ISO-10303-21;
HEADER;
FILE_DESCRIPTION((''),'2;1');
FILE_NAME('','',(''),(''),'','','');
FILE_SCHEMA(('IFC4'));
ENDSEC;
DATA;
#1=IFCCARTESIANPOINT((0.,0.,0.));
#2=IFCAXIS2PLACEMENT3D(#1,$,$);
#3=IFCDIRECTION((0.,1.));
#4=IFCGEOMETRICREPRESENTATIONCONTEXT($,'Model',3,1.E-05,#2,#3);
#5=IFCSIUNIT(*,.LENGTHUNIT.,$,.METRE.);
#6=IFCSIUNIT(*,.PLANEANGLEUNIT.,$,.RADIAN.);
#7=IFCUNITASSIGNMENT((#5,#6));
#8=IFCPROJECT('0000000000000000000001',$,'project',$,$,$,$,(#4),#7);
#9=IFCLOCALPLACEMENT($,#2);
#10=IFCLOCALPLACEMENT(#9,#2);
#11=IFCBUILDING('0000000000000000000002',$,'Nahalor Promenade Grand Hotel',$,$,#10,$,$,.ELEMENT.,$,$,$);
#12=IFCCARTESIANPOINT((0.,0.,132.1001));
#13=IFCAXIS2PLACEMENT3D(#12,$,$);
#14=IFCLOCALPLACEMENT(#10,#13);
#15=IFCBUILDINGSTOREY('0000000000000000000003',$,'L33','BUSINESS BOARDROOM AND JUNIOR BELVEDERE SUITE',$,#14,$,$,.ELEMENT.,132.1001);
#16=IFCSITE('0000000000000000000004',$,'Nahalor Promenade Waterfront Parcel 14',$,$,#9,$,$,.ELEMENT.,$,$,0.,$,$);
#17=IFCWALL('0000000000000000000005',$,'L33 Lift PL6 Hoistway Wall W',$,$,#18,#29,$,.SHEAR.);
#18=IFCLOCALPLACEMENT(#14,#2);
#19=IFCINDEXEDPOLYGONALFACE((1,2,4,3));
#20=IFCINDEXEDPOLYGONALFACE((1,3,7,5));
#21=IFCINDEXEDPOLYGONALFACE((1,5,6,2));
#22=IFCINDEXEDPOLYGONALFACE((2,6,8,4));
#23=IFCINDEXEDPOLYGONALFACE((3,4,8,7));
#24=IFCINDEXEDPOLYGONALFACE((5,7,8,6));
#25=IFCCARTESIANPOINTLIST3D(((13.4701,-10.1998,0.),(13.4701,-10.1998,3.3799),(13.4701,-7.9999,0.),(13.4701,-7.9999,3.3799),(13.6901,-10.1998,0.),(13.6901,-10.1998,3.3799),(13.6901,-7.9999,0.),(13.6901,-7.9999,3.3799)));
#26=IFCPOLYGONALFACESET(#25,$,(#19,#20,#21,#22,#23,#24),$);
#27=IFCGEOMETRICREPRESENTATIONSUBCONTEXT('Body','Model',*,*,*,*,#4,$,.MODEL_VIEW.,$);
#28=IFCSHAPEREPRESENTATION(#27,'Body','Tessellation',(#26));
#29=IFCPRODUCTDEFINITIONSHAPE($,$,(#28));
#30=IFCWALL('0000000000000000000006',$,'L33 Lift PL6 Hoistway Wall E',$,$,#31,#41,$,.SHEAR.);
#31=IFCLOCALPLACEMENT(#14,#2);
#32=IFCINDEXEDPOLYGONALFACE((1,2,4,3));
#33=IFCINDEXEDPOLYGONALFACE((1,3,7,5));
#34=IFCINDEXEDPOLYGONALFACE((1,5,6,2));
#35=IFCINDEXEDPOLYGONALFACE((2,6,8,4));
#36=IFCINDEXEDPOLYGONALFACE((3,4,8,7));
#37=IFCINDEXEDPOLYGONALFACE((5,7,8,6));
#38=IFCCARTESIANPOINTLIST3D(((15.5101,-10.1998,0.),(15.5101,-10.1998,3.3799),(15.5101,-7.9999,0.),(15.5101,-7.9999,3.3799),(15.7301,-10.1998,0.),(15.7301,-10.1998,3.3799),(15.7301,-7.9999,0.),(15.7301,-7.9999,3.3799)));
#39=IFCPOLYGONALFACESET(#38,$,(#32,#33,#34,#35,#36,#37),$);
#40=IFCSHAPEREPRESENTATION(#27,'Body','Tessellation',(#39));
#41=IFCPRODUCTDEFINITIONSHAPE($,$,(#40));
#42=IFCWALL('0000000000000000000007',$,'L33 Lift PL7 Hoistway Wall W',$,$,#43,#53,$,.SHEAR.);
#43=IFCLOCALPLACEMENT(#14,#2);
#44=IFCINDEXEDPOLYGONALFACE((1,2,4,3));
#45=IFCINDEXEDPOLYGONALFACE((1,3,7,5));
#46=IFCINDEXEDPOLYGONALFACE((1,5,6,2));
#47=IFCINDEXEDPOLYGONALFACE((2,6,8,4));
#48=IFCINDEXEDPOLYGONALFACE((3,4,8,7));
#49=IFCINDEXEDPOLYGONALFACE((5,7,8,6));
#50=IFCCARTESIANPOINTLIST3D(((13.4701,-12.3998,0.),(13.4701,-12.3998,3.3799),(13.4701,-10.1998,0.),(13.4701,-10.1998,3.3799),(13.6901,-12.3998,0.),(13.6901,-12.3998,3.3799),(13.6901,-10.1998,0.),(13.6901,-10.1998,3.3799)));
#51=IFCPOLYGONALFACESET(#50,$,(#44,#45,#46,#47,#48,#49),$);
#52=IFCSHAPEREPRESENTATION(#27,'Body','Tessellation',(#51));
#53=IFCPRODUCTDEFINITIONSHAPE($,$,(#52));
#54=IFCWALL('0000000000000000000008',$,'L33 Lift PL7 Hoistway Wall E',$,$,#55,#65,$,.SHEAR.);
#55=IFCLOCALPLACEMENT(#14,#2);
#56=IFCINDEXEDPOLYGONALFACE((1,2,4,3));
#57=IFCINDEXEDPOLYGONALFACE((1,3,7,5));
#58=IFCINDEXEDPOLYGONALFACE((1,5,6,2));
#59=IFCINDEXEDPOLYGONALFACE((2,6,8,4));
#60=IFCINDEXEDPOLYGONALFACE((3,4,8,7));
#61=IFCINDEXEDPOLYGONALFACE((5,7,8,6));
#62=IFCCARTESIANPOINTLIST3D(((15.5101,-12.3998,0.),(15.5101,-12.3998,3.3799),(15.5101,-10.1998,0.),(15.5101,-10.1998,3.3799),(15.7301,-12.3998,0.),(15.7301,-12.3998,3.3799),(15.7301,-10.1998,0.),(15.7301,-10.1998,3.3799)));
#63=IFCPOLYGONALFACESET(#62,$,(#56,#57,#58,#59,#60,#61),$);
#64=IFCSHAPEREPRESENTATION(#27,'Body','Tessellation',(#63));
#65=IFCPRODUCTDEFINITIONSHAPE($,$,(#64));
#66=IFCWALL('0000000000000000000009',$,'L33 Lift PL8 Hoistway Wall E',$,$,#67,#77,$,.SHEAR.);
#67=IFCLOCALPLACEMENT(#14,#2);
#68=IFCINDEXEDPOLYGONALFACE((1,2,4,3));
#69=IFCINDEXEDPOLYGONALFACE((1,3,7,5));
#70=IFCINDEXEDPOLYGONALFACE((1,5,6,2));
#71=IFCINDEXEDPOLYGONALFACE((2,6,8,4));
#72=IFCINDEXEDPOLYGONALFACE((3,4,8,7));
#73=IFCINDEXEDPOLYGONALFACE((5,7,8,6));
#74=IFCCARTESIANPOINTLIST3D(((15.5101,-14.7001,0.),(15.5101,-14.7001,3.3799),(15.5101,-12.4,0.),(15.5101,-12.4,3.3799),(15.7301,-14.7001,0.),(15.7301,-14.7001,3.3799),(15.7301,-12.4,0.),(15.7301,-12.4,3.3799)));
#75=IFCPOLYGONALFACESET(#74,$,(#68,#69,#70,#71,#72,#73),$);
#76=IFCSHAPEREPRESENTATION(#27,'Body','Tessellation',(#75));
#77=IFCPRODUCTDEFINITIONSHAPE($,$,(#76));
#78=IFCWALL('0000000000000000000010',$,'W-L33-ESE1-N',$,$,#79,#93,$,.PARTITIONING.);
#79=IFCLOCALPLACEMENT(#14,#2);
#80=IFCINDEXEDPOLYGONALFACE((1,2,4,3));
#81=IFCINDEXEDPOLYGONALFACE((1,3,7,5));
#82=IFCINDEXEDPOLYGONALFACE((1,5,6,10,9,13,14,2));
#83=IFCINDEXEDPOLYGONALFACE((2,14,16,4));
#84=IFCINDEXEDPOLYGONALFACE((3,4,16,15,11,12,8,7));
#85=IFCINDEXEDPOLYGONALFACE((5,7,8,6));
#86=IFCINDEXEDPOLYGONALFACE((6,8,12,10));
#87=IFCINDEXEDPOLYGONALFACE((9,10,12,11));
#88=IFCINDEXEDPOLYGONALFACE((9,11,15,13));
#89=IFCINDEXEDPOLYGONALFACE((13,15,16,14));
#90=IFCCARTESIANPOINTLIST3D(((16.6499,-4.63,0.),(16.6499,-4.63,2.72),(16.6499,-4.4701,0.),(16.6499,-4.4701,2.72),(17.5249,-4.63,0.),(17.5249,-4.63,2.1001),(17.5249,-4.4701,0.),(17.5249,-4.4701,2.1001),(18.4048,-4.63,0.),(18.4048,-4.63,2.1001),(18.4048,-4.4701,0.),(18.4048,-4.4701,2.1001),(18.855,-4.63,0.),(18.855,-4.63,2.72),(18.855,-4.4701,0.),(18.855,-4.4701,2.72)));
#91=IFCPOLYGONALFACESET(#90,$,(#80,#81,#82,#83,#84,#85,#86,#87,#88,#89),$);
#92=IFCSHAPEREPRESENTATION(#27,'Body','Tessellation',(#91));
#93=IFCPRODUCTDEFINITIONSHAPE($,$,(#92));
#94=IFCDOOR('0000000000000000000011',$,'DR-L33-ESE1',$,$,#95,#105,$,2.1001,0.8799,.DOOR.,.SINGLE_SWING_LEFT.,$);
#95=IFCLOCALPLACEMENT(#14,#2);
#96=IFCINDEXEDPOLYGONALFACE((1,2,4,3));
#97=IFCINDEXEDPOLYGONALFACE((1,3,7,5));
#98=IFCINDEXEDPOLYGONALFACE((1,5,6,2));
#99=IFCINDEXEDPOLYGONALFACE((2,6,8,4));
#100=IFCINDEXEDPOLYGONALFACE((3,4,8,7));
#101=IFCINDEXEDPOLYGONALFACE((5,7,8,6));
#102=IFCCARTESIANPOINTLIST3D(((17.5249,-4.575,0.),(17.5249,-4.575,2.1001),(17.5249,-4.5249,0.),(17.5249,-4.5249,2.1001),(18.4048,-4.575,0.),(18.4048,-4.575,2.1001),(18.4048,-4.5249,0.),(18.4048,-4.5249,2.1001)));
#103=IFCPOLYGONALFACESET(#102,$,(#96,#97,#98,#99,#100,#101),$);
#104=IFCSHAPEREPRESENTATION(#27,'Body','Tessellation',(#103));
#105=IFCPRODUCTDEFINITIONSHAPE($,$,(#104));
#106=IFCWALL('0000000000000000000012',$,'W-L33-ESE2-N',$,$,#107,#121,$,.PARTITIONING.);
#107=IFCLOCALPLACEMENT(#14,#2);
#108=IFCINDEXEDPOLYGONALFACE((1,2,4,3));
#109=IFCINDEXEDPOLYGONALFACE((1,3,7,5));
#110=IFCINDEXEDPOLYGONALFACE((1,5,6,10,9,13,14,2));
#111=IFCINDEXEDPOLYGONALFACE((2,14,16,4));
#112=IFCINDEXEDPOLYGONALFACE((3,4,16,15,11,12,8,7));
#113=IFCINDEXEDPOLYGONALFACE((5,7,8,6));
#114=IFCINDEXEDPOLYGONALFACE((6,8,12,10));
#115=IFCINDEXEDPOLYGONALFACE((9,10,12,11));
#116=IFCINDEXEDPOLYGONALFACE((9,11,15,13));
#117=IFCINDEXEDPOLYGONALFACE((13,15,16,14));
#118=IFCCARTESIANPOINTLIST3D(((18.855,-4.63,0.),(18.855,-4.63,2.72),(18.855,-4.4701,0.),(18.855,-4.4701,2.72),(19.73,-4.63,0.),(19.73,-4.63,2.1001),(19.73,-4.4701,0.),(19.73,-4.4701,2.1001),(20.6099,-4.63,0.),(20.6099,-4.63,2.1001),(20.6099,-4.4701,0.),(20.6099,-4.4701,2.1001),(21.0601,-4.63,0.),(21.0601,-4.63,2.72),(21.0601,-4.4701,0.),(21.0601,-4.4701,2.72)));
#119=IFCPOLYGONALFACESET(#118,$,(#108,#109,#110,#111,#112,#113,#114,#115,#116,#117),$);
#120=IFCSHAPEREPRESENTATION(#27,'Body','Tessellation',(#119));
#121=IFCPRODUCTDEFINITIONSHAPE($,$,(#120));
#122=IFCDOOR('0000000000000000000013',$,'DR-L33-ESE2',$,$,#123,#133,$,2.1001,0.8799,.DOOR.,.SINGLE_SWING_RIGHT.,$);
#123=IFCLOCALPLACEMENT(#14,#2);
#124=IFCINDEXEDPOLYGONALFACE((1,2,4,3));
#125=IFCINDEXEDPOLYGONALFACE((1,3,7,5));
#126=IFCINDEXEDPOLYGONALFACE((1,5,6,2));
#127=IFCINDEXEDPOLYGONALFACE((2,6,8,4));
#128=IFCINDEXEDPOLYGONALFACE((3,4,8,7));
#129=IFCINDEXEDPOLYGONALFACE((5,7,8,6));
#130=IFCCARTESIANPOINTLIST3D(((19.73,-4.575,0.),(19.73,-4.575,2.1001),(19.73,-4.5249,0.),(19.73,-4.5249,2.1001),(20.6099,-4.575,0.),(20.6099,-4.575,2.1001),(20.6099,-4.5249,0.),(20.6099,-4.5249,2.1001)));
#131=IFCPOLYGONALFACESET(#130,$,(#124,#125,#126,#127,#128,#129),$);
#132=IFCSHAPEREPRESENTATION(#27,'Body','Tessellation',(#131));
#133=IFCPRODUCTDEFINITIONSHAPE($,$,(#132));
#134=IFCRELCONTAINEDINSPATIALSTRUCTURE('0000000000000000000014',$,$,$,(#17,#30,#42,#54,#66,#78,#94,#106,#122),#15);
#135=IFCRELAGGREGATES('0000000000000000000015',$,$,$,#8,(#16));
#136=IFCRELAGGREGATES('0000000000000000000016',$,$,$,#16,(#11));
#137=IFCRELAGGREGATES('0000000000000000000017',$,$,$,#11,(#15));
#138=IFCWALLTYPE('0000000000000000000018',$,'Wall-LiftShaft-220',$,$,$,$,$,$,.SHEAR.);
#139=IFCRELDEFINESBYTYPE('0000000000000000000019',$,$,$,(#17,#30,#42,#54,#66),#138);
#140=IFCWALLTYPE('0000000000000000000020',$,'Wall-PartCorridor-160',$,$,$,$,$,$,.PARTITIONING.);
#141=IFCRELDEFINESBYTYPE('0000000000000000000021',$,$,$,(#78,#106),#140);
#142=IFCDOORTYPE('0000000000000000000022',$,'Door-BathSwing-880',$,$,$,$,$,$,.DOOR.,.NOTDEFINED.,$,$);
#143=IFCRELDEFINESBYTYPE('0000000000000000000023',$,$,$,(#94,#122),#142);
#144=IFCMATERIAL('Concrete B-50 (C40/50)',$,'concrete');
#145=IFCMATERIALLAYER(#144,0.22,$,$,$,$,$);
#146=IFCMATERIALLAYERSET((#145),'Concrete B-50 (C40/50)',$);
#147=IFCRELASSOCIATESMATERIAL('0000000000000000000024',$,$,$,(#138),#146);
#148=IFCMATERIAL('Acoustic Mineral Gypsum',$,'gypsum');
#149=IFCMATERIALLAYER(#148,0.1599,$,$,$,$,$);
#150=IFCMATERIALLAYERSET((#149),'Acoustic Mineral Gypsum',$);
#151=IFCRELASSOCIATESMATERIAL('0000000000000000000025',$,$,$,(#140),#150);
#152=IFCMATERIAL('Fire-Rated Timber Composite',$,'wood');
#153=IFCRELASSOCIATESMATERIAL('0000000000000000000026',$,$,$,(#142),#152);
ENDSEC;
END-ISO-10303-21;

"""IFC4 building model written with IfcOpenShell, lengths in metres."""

from ifc_helpers import new_model, si_unit, direction, frame, frame_2d, origin, place, context, subcontext, project, spatial, rectangle, extrude, source, transform, mapped, material, layer, layer_set, type_object, element, fill, save


model = new_model("IFC4")

# Units and contexts
model_context = context("Model", 3, precision=1e-05, world=origin(), true_north=direction((0.0, 1.0)))
body_context = subcontext(model_context, "Body", "Model", "MODEL_VIEW")
ifc_project = project(units=[si_unit("LENGTHUNIT", "METRE"), si_unit("PLANEANGLEUNIT", "RADIAN")], contexts=[model_context])

# Site, building, storey
site_placement = place(None, origin())
site = spatial("IfcSite", under=ifc_project, at=site_placement, Name="Nahalor Promenade Waterfront Parcel 14", CompositionType="ELEMENT", RefElevation=0.0)
building_placement = place(site_placement, origin())
building = spatial("IfcBuilding", under=site, at=building_placement, Name="Nahalor Promenade Grand Hotel", CompositionType="ELEMENT")
storey_placement = place(building_placement, frame((0.0, 0.0, 132.1001)))
storey = spatial("IfcBuildingStorey", under=building, at=storey_placement, Name="L33", Description="BUSINESS BOARDROOM AND JUNIOR BELVEDERE SUITE", CompositionType="ELEMENT", Elevation=132.1001)

# Walls
ifc_material_1 = material(Name="Concrete B-50 (C40/50)", Category="concrete")
ifc_layer_1 = layer(ifc_material_1, 0.22)
ifc_layer_set_1 = layer_set([ifc_layer_1], Name="Concrete B-50 (C40/50)")
wall_type_1 = type_object("IfcWallType", Name="Wall-LiftShaft-220", PredefinedType="SHEAR", material=ifc_layer_set_1)
shared_shape_1 = source(origin(), body_context, "Body", "SweptSolid", [
    extrude(rectangle(XDim=2.2, YDim=0.22, at=frame_2d((1.1001, 0.0))), origin(), (0.0, 0.0, 1.0), 3.3799),
])
for number, where, z_axis, x_axis, name in (
    (1, (13.5801, -10.2, 0.0), (0.0, 0.0, 1.0), (0.0, 1.0, 0.0), "L33 Lift PL6 Hoistway Wall W"),
    (2, (15.6201, -10.2, 0.0), (0.0, 0.0, 1.0), (0.0, 1.0, 0.0), "L33 Lift PL6 Hoistway Wall E"),
    (3, (13.5801, -12.3999, 0.0), (0.0, 0.0, 1.0), (0.0, 1.0, 0.0), "L33 Lift PL7 Hoistway Wall W"),
    (4, (15.6201, -12.3999, 0.0), (0.0, 0.0, 1.0), (0.0, 1.0, 0.0), "L33 Lift PL7 Hoistway Wall E"),
):
    element("IfcWall", number, at=place(storey_placement, frame(where, z_axis=z_axis, x_axis=x_axis)), inside=storey, type_object=wall_type_1, Name=name, PredefinedType="SHEAR", context=body_context, shape_type="MappedRepresentation", body=[
        mapped(shared_shape_1, transform((0.0, 0.0, 0.0), scale=1.0)),
    ])
shared_shape_2 = source(origin(), body_context, "Body", "SweptSolid", [
    extrude(rectangle(XDim=2.3, YDim=0.22, at=frame_2d((1.1499, 0.0))), origin(), (0.0, 0.0, 1.0), 3.3799),
])
wall_1_placement = place(storey_placement, frame((15.6201, -14.7, 0.0), z_axis=(0.0, 0.0, 1.0), x_axis=(0.0, 1.0, 0.0)))
element("IfcWall", 5, at=wall_1_placement, inside=storey, type_object=wall_type_1, Name="L33 Lift PL8 Hoistway Wall E", PredefinedType="SHEAR", context=body_context, shape_type="MappedRepresentation", body=[
    mapped(shared_shape_2, transform((0.0, 0.0, 0.0), scale=1.0)),
])

# Walls, openings, doors
ifc_material_2 = material(Name="Acoustic Mineral Gypsum", Category="gypsum")
ifc_layer_2 = layer(ifc_material_2, 0.1599)
ifc_layer_set_2 = layer_set([ifc_layer_2], Name="Acoustic Mineral Gypsum")
wall_type_2 = type_object("IfcWallType", Name="Wall-PartCorridor-160", PredefinedType="PARTITIONING", material=ifc_layer_set_2)
shared_shape_3 = source(origin(), body_context, "Body", "SweptSolid", [
    extrude(rectangle(XDim=2.2051, YDim=0.1599, at=frame_2d((1.1025, 0.0))), origin(), (0.0, 0.0, 1.0), 2.72),
])
wall_2_placement = place(storey_placement, frame((16.6499, -4.55, 0.0), z_axis=(0.0, 0.0, 1.0), x_axis=(1.0, 0.0, 0.0)))
wall_2 = element("IfcWall", 6, at=wall_2_placement, inside=storey, type_object=wall_type_2, Name="W-L33-ESE1-N", PredefinedType="PARTITIONING", context=body_context, shape_type="MappedRepresentation", body=[
    mapped(shared_shape_3, transform((0.0, 0.0, 0.0), scale=1.0)),
])
opening_1_placement = place(wall_2_placement, frame((0.875, 0.0, 0.0)))
opening_1 = element("IfcOpeningElement", 7, at=opening_1_placement, cuts=wall_2, PredefinedType="OPENING", context=body_context, shape_type="SweptSolid", body=[
    extrude(rectangle(XDim=0.8799, YDim=2.1001, at=frame_2d((0.4399, 1.05))), frame((0.0, 0.0898, 0.0), z_axis=(0.0, -1.0, 0.0), x_axis=(1.0, 0.0, 0.0)), (0.0, 0.0, 1.0), 0.1799),
])
ifc_material_3 = material(Name="Fire-Rated Timber Composite", Category="wood")
door_type = type_object("IfcDoorType", Name="Door-BathSwing-880", OperationType="NOTDEFINED", PredefinedType="DOOR", material=ifc_material_3)
shared_shape_4 = source(origin(), body_context, "Body", "SweptSolid", [
    extrude(rectangle(XDim=0.8799, YDim=2.1001, at=frame_2d((0.4399, 1.05))), frame((0.0, 0.0249, 0.0), z_axis=(0.0, -1.0, 0.0), x_axis=(1.0, 0.0, 0.0)), (0.0, 0.0, 1.0), 0.05),
])
door_1_placement = place(opening_1_placement, frame((0.8799, 0.0, 0.0), z_axis=(0.0, 0.0, 1.0), x_axis=(-1.0, 0.0, 0.0)))
door_1 = element("IfcDoor", 8, at=door_1_placement, inside=storey, type_object=door_type, Name="DR-L33-ESE1", OperationType="SINGLE_SWING_LEFT", OverallHeight=2.1001, OverallWidth=0.8799, PredefinedType="DOOR", context=body_context, shape_type="MappedRepresentation", body=[
    mapped(shared_shape_4, transform((0.0, 0.0, 0.0), scale=1.0)),
])
fill(opening_1, door_1)
wall_3_placement = place(storey_placement, frame((18.855, -4.55, 0.0), z_axis=(0.0, 0.0, 1.0), x_axis=(1.0, 0.0, 0.0)))
wall_3 = element("IfcWall", 9, at=wall_3_placement, inside=storey, type_object=wall_type_2, Name="W-L33-ESE2-N", PredefinedType="PARTITIONING", context=body_context, shape_type="MappedRepresentation", body=[
    mapped(shared_shape_3, transform((0.0, 0.0, 0.0), scale=1.0)),
])
opening_2_placement = place(wall_3_placement, frame((0.875, 0.0, 0.0)))
opening_2 = element("IfcOpeningElement", 10, at=opening_2_placement, cuts=wall_3, PredefinedType="OPENING", context=body_context, shape_type="SweptSolid", body=[
    extrude(rectangle(XDim=0.8799, YDim=2.1001, at=frame_2d((0.4399, 1.05))), frame((0.0, 0.0898, 0.0), z_axis=(0.0, -1.0, 0.0), x_axis=(1.0, 0.0, 0.0)), (0.0, 0.0, 1.0), 0.1799),
])
door_2_placement = place(opening_2_placement, frame((0.8799, 0.0, 0.0), z_axis=(0.0, 0.0, 1.0), x_axis=(-1.0, 0.0, 0.0)))
door_2 = element("IfcDoor", 11, at=door_2_placement, inside=storey, type_object=door_type, Name="DR-L33-ESE2", OperationType="SINGLE_SWING_RIGHT", OverallHeight=2.1001, OverallWidth=0.8799, PredefinedType="DOOR", context=body_context, shape_type="MappedRepresentation", body=[
    mapped(shared_shape_4, transform((0.0, 0.0, 0.0), scale=1.0)),
])
fill(opening_2, door_2)

save(model, "model.ifc")
